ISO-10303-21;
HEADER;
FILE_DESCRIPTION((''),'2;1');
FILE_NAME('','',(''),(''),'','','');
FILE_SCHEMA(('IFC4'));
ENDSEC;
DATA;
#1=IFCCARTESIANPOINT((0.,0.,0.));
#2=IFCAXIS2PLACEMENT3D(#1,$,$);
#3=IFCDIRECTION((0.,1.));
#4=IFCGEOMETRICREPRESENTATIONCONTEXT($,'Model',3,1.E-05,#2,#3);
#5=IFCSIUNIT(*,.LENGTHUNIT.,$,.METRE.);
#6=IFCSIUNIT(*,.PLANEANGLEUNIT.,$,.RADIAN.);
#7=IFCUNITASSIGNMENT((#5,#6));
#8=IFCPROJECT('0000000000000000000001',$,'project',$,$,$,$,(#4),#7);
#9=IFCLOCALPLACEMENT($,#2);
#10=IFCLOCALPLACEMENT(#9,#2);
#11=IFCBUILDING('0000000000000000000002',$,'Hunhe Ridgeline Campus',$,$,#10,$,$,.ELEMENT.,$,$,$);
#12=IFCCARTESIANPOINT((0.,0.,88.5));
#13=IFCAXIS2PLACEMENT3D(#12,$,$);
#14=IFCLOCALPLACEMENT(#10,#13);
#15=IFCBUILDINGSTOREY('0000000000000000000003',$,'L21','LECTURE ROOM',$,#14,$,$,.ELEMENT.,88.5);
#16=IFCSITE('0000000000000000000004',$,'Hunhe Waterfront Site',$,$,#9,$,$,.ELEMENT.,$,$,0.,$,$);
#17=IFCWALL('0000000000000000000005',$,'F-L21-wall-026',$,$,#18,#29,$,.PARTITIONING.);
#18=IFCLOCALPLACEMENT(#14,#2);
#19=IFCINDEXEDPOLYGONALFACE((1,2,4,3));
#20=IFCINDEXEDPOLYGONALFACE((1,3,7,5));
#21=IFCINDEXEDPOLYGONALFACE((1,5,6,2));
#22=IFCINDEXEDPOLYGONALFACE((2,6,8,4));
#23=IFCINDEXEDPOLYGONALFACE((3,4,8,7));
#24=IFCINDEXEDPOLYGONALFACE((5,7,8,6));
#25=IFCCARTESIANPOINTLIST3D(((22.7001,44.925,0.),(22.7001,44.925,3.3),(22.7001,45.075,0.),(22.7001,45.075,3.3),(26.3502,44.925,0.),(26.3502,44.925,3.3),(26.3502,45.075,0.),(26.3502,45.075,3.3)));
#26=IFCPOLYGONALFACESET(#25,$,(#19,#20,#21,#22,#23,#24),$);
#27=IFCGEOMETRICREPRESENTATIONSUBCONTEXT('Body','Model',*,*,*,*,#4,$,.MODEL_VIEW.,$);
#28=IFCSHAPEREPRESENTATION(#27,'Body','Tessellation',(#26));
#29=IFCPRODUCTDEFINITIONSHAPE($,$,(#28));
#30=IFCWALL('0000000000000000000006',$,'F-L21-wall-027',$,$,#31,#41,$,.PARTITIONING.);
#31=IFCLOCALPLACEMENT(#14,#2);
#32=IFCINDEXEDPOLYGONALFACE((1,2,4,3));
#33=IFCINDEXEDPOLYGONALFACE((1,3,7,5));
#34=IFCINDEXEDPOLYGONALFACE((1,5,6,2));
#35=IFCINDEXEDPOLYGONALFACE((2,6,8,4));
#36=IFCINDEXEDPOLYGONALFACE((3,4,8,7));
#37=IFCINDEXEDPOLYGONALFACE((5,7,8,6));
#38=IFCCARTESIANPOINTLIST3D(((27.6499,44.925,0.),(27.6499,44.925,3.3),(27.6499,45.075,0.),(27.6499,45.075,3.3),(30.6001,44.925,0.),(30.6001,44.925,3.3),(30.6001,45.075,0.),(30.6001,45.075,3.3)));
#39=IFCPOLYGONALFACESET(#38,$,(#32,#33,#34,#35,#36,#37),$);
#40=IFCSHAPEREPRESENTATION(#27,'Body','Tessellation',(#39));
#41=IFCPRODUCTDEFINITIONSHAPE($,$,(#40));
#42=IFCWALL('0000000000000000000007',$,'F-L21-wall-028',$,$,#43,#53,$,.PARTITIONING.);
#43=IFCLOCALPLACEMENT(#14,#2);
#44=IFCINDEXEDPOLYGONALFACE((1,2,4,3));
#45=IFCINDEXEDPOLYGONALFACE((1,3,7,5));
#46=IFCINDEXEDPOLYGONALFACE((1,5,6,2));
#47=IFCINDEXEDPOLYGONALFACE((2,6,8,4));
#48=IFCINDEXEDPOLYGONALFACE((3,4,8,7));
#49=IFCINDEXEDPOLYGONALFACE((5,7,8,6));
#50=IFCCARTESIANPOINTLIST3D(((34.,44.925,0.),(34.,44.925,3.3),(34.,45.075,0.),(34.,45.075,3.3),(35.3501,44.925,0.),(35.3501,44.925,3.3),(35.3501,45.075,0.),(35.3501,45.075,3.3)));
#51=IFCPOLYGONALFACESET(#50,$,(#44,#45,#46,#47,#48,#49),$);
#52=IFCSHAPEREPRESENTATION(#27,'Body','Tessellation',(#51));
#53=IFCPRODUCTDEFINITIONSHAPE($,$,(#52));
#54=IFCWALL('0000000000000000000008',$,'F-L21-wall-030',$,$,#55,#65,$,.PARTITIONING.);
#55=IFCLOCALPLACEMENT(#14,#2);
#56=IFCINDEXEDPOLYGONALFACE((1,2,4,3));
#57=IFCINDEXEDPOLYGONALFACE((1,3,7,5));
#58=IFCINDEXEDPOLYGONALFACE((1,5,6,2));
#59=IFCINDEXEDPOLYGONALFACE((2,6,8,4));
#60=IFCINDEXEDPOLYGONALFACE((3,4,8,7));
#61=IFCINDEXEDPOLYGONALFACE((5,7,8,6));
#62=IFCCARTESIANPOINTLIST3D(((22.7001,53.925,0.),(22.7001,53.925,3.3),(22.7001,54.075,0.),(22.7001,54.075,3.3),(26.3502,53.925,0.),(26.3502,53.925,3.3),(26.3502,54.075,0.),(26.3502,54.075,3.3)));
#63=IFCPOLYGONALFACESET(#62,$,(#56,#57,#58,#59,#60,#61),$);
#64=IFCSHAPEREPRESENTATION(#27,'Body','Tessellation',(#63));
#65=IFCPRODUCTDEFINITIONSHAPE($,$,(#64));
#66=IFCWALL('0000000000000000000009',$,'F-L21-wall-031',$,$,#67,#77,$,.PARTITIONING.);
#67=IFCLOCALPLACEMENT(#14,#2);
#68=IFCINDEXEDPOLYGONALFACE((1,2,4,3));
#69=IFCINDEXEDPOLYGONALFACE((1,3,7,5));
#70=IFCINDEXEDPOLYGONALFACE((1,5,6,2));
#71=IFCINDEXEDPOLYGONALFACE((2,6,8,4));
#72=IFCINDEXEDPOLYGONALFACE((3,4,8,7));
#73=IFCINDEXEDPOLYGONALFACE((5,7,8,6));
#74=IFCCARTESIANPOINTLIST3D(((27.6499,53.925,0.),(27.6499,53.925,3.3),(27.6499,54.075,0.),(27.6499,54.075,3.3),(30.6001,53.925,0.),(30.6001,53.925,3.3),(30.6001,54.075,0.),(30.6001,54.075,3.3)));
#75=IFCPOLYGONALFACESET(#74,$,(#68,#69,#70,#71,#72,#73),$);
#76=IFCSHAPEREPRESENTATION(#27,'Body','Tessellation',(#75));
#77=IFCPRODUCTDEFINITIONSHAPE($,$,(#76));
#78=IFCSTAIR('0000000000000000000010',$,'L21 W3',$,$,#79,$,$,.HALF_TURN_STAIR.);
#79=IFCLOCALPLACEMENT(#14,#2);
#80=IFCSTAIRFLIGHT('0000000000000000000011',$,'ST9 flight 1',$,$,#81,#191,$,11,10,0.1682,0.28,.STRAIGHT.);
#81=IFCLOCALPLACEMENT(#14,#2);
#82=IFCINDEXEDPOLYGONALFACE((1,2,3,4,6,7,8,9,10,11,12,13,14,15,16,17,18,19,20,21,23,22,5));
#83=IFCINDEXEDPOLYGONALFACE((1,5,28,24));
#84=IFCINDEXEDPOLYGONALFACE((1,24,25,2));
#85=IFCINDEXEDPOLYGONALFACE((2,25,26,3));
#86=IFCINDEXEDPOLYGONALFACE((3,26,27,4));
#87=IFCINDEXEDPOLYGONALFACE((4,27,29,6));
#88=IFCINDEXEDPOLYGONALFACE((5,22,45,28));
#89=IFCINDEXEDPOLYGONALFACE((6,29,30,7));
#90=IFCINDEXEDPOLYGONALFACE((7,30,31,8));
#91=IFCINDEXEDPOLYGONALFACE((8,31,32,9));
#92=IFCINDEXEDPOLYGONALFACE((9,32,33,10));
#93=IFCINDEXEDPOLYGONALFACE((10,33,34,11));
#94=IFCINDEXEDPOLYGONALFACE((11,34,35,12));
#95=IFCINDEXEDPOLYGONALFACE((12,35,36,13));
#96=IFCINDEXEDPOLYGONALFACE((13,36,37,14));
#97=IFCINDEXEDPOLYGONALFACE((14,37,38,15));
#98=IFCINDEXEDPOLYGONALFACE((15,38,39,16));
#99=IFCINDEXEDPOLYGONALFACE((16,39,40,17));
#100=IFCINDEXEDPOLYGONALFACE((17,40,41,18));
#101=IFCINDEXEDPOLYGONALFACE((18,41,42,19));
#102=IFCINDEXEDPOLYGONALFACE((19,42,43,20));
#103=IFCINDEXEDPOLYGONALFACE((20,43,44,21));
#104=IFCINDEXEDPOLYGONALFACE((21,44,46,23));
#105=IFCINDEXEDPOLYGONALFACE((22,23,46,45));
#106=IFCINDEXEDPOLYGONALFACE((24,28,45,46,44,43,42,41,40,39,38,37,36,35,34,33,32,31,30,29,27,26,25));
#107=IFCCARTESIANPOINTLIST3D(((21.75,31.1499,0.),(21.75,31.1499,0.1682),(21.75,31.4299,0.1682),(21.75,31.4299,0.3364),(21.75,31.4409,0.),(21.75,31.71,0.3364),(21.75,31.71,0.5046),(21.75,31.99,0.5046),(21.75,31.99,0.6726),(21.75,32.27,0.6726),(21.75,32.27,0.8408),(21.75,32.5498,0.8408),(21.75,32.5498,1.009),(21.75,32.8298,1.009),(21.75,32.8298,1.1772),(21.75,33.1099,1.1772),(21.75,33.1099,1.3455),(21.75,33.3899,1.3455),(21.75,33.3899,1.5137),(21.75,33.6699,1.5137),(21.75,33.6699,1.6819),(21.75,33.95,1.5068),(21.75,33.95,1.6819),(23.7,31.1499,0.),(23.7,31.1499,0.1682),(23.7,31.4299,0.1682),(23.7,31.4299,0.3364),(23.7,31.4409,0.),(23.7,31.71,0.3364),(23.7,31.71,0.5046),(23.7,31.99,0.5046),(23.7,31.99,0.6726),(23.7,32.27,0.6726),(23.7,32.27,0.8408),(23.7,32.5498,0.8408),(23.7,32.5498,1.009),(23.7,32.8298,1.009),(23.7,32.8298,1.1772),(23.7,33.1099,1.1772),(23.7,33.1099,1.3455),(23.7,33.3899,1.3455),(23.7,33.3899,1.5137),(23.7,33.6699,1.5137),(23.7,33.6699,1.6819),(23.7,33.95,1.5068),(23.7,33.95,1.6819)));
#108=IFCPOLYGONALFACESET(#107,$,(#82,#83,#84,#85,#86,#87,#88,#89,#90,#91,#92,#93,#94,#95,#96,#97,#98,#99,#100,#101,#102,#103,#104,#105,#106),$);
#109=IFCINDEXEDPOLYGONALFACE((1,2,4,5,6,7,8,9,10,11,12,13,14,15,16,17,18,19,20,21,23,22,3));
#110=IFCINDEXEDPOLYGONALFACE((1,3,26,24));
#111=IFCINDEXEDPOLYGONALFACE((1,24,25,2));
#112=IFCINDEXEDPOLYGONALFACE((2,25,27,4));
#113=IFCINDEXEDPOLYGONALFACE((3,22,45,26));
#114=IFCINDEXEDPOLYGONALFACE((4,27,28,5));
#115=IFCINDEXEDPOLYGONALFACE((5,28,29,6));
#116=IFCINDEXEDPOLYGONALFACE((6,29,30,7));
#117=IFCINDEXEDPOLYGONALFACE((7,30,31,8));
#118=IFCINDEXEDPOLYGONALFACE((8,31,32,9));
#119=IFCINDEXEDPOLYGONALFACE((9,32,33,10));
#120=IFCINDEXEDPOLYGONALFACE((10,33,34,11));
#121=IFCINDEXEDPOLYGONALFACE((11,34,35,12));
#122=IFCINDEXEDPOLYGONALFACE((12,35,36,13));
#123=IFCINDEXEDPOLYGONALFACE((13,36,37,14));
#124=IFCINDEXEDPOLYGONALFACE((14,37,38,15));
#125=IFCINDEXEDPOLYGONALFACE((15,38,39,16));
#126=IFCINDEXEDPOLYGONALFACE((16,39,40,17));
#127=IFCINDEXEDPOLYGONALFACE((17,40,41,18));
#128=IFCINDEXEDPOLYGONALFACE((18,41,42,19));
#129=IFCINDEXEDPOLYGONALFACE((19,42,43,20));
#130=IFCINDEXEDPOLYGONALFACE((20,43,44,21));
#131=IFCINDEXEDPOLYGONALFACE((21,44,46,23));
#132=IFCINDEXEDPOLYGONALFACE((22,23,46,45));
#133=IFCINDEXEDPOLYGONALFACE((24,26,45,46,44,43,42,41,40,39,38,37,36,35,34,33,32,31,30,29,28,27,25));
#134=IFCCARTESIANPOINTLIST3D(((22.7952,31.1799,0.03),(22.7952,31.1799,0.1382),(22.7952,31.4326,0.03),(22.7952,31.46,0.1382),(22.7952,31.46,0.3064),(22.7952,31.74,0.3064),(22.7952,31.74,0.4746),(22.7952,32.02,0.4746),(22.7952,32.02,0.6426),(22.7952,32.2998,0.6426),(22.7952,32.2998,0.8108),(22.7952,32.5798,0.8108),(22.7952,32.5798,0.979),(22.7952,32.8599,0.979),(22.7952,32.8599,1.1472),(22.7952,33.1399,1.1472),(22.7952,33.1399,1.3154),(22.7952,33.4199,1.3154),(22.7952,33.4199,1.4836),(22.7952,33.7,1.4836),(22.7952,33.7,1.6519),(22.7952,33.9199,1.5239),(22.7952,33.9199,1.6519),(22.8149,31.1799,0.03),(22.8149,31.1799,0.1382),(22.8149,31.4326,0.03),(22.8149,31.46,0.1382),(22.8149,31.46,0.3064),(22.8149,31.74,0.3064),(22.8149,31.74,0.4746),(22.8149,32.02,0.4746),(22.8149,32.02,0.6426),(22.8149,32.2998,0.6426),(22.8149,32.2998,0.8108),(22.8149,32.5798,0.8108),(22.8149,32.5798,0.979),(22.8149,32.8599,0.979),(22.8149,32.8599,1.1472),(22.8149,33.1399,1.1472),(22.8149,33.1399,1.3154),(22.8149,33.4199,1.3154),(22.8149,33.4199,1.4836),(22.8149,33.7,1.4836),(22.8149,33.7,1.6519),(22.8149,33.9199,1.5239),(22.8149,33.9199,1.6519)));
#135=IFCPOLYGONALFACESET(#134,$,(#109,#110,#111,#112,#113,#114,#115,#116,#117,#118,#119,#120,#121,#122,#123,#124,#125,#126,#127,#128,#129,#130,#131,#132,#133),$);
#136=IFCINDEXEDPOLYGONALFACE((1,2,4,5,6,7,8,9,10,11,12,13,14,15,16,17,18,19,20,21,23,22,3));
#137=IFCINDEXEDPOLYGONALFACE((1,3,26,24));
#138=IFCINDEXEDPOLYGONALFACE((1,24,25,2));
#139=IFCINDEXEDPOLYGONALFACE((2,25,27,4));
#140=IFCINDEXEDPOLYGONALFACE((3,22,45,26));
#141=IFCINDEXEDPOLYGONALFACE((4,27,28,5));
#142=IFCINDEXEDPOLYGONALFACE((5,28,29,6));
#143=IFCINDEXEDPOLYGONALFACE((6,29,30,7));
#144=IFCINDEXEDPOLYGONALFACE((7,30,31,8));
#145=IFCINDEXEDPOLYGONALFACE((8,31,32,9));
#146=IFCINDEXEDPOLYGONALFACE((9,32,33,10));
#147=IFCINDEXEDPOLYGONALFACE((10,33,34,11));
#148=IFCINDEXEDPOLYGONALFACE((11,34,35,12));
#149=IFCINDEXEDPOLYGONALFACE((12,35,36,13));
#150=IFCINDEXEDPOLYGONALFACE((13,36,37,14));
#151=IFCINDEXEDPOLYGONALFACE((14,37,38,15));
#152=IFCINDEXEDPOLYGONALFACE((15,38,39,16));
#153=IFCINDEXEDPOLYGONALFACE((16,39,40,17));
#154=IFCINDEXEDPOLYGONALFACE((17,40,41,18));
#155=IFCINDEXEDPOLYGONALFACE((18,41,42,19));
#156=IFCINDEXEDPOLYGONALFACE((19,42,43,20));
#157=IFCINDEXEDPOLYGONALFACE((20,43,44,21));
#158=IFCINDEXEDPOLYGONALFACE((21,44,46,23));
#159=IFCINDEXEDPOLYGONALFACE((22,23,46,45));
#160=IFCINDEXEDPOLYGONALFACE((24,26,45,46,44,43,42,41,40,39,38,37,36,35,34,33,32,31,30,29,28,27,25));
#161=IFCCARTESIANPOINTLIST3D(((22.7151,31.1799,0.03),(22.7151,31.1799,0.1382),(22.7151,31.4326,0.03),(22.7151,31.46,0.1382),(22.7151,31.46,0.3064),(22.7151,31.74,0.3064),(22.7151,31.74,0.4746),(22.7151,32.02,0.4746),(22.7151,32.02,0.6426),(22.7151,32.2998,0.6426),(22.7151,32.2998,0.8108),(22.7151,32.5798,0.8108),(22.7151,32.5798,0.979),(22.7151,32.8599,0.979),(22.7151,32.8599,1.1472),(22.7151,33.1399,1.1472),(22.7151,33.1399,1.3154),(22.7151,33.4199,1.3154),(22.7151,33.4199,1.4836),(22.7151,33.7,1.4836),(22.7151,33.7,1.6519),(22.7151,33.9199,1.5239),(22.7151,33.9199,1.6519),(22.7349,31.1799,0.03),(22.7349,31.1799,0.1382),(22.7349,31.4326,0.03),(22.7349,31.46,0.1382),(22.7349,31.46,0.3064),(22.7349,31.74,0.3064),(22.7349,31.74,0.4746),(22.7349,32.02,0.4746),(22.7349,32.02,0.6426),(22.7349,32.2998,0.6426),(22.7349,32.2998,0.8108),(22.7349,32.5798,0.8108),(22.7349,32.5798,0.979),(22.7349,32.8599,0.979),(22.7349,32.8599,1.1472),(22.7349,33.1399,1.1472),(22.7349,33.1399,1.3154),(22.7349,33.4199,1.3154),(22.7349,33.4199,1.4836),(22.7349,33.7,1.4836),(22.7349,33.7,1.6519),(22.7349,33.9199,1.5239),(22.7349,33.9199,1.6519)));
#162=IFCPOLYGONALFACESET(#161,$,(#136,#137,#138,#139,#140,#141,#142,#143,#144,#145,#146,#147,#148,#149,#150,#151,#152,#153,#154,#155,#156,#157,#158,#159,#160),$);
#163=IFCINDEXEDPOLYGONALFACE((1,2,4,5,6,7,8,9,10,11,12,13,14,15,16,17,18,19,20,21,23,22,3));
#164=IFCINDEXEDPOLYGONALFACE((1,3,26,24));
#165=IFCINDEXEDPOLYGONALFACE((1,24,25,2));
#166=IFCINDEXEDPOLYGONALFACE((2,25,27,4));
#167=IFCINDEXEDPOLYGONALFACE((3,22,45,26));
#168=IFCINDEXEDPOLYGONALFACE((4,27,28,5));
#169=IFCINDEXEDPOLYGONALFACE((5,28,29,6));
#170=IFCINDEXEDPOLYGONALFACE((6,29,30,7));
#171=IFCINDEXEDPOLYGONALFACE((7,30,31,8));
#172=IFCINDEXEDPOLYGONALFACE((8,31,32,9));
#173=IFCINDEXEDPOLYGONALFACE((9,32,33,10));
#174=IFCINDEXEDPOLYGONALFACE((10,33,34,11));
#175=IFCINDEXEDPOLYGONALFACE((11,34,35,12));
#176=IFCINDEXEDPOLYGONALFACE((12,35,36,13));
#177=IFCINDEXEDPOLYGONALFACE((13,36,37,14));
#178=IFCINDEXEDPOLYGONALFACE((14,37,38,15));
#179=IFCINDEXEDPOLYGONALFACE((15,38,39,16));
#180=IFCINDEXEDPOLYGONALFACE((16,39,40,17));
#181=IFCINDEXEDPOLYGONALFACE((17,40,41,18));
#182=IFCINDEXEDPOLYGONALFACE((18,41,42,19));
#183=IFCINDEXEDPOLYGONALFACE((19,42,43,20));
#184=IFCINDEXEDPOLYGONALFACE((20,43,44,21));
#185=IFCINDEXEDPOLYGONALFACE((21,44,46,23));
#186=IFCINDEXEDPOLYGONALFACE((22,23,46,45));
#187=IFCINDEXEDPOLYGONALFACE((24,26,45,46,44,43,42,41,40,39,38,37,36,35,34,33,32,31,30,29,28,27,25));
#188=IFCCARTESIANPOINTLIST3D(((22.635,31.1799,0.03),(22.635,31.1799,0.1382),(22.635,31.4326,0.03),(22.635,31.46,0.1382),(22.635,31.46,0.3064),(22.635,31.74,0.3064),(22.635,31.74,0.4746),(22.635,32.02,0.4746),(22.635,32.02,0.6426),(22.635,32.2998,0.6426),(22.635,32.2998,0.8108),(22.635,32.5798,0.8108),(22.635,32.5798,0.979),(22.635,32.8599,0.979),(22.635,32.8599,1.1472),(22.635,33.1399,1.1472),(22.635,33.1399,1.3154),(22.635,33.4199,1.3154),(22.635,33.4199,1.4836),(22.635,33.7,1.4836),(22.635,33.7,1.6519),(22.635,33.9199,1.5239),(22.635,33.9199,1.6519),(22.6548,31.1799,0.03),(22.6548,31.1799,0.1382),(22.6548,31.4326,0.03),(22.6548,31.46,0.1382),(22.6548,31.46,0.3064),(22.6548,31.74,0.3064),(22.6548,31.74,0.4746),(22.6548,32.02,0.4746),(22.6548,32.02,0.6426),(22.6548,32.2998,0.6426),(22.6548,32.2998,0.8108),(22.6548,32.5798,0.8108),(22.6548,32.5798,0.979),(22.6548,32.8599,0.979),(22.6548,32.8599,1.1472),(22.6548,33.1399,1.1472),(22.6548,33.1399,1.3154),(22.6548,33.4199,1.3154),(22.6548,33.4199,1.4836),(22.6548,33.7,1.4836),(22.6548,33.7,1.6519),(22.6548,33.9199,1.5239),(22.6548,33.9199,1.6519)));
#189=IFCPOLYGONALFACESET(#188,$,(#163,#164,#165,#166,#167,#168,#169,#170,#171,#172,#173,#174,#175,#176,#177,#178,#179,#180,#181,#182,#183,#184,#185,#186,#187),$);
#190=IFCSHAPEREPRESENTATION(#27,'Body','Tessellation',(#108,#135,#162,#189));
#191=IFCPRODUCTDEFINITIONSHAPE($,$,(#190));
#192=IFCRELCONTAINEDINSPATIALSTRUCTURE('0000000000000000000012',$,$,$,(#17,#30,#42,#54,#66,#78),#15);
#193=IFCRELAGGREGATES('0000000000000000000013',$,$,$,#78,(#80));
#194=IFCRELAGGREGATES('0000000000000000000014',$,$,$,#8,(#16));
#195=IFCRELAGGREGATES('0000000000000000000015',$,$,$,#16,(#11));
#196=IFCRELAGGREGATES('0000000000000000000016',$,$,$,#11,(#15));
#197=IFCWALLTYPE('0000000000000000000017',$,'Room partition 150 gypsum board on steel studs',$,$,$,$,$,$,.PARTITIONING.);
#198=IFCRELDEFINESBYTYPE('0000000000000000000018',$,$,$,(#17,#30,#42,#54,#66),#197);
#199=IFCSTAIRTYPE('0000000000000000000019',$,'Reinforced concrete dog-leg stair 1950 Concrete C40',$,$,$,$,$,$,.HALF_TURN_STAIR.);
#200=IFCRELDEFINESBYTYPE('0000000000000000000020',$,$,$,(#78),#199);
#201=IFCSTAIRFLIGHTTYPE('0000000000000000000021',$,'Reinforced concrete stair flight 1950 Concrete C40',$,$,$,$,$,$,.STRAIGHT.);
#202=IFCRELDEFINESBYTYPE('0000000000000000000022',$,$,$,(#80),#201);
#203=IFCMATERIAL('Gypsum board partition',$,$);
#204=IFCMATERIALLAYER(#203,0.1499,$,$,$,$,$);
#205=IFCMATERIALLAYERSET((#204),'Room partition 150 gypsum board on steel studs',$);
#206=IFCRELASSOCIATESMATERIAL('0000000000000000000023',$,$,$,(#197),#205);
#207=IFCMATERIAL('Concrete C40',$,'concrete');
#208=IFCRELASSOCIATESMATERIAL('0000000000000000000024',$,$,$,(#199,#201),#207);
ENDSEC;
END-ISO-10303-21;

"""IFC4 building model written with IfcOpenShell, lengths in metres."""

from ifc_helpers import new_model, si_unit, direction, frame, frame_2d, origin, place, context, subcontext, project, spatial, polyline, rectangle, outline, extrude, material, layer, layer_set, type_object, element, aggregate, save


model = new_model("IFC4")

# Units and contexts
model_context = context("Model", 3, precision=1e-05, world=origin(), true_north=direction((0.0, 1.0)))
body_context = subcontext(model_context, "Body", "Model", "MODEL_VIEW")
ifc_project = project(units=[si_unit("LENGTHUNIT", "METRE"), si_unit("PLANEANGLEUNIT", "RADIAN")], contexts=[model_context])

# Site, building, storey
site_placement = place(None, origin())
site = spatial("IfcSite", under=ifc_project, at=site_placement, Name="Hunhe Waterfront Site", CompositionType="ELEMENT", RefElevation=0.0)
building_placement = place(site_placement, origin())
building = spatial("IfcBuilding", under=site, at=building_placement, Name="Hunhe Ridgeline Campus", CompositionType="ELEMENT")
storey_placement = place(building_placement, frame((0.0, 0.0, 88.5)))
storey = spatial("IfcBuildingStorey", under=building, at=storey_placement, Name="L21", Description="LECTURE ROOM", CompositionType="ELEMENT", Elevation=88.5)

# Shared definitions
ifc_material_1 = material(Name="Gypsum board partition")

# Walls
ifc_layer_1 = layer(ifc_material_1, 0.1499)
ifc_layer_set_1 = layer_set([ifc_layer_1], Name="Room partition 150 gypsum board on steel studs")
wall_type_1 = type_object("IfcWallType", Name="Room partition 150 gypsum board on steel studs", PredefinedType="PARTITIONING", material=ifc_layer_set_1)
wall_1_placement = place(storey_placement, frame((22.7, 45.0, 0.0), z_axis=(0.0, 0.0, 1.0), x_axis=(1.0, 0.0, 0.0)))
element("IfcWall", 1, at=wall_1_placement, inside=storey, type_object=wall_type_1, Name="F-L21-wall-026", PredefinedType="PARTITIONING", context=body_context, shape_type="SweptSolid", body=[
    extrude(rectangle(XDim=3.6501, YDim=0.1499, at=frame_2d((1.8252, 0.0))), origin(), (0.0, 0.0, 1.0), 3.3),
])
wall_2_placement = place(storey_placement, frame((27.6499, 45.0, 0.0), z_axis=(0.0, 0.0, 1.0), x_axis=(1.0, 0.0, 0.0)))
element("IfcWall", 2, at=wall_2_placement, inside=storey, type_object=wall_type_1, Name="F-L21-wall-027", PredefinedType="PARTITIONING", context=body_context, shape_type="SweptSolid", body=[
    extrude(rectangle(XDim=2.9502, YDim=0.1499, at=frame_2d((1.4751, 0.0))), origin(), (0.0, 0.0, 1.0), 3.3),
])
wall_3_placement = place(storey_placement, frame((34.0, 45.0, 0.0), z_axis=(0.0, 0.0, 1.0), x_axis=(1.0, 0.0, 0.0)))
element("IfcWall", 3, at=wall_3_placement, inside=storey, type_object=wall_type_1, Name="F-L21-wall-028", PredefinedType="PARTITIONING", context=body_context, shape_type="SweptSolid", body=[
    extrude(rectangle(XDim=1.3501, YDim=0.1499, at=frame_2d((0.675, 0.0))), origin(), (0.0, 0.0, 1.0), 3.3),
])
wall_4_placement = place(storey_placement, frame((22.7, 54.0, 0.0), z_axis=(0.0, 0.0, 1.0), x_axis=(1.0, 0.0, 0.0)))
element("IfcWall", 4, at=wall_4_placement, inside=storey, type_object=wall_type_1, Name="F-L21-wall-030", PredefinedType="PARTITIONING", context=body_context, shape_type="SweptSolid", body=[
    extrude(rectangle(XDim=3.6501, YDim=0.1499, at=frame_2d((1.8252, 0.0))), origin(), (0.0, 0.0, 1.0), 3.3),
])
wall_5_placement = place(storey_placement, frame((27.6499, 54.0, 0.0), z_axis=(0.0, 0.0, 1.0), x_axis=(1.0, 0.0, 0.0)))
element("IfcWall", 5, at=wall_5_placement, inside=storey, type_object=wall_type_1, Name="F-L21-wall-031", PredefinedType="PARTITIONING", context=body_context, shape_type="SweptSolid", body=[
    extrude(rectangle(XDim=2.9502, YDim=0.1499, at=frame_2d((1.4751, 0.0))), origin(), (0.0, 0.0, 1.0), 3.3),
])

# Stair, stair flight
ifc_material_2 = material(Name="Concrete C40", Category="concrete")
stair_type = type_object("IfcStairType", Name="Reinforced concrete dog-leg stair 1950 Concrete C40", PredefinedType="HALF_TURN_STAIR", material=ifc_material_2)
stair_placement = place(storey_placement, origin())
stair = element("IfcStair", 6, at=stair_placement, inside=storey, type_object=stair_type, Name="L21 W3", PredefinedType="HALF_TURN_STAIR")
stair_flight_type = type_object("IfcStairFlightType", Name="Reinforced concrete stair flight 1950 Concrete C40", PredefinedType="STRAIGHT", material=ifc_material_2)
stair_flight_placement = place(storey_placement, frame((22.7251, 31.1499, 0.0), z_axis=(0.0, 0.0, 1.0), x_axis=(0.0, 1.0, 0.0)))
stair_flight = element("IfcStairFlight", 7, at=stair_flight_placement, type_object=stair_flight_type, Name="ST9 flight 1", NumberOfRisers=11, NumberOfTreads=10, PredefinedType="STRAIGHT", RiserHeight=0.1682, TreadLength=0.28, context=body_context, shape_type="SweptSolid", body=[
    extrude(outline(polyline([(0.0, 0.0), (0.0, 0.1682), (0.28, 0.1682), (0.28, 0.3364), (0.5601, 0.3364), (0.5601, 0.5046), (0.8401, 0.5046), (0.8401, 0.6726), (1.1201, 0.6726), (1.1201, 0.8408), (1.3999, 0.8408), (1.3999, 1.009), (1.6799, 1.009), (1.6799, 1.1772), (1.96, 1.1772), (1.96, 1.3455), (2.24, 1.3455), (2.24, 1.5137), (2.52, 1.5137), (2.52, 1.6819), (2.8, 1.6819), (2.8, 1.8501), (2.8, 1.5068), (0.291, 0.0), (0.0, 0.0)])), frame((0.0, 0.9751, 0.0), z_axis=(0.0, -1.0, 0.0), x_axis=(1.0, 0.0, 0.0)), (0.0, 0.0, 1.0), 1.95),
    extrude(outline(polyline([(0.03, 0.03), (0.03, 0.1382), (0.3101, 0.1382), (0.3101, 0.3064), (0.5901, 0.3064), (0.5901, 0.4746), (0.8701, 0.4746), (0.8701, 0.6426), (1.1499, 0.6426), (1.1499, 0.8108), (1.4299, 0.8108), (1.4299, 0.979), (1.71, 0.979), (1.71, 1.1472), (1.99, 1.1472), (1.99, 1.3154), (2.27, 1.3154), (2.27, 1.4836), (2.55, 1.4836), (2.55, 1.6519), (2.77, 1.6519), (2.77, 1.5239), (0.2827, 0.03), (0.03, 0.03)])), frame((0.0, -0.0701, 0.0), z_axis=(0.0, -1.0, 0.0), x_axis=(1.0, 0.0, 0.0)), (0.0, 0.0, 1.0), 0.0198),
    extrude(outline(polyline([(0.03, 0.03), (0.03, 0.1382), (0.3101, 0.1382), (0.3101, 0.3064), (0.5901, 0.3064), (0.5901, 0.4746), (0.8701, 0.4746), (0.8701, 0.6426), (1.1499, 0.6426), (1.1499, 0.8108), (1.4299, 0.8108), (1.4299, 0.979), (1.71, 0.979), (1.71, 1.1472), (1.99, 1.1472), (1.99, 1.3154), (2.27, 1.3154), (2.27, 1.4836), (2.55, 1.4836), (2.55, 1.6519), (2.77, 1.6519), (2.77, 1.5239), (0.2827, 0.03), (0.03, 0.03)])), frame((0.0, 0.01, 0.0), z_axis=(0.0, -1.0, 0.0), x_axis=(1.0, 0.0, 0.0)), (0.0, 0.0, 1.0), 0.0198),
    extrude(outline(polyline([(0.03, 0.03), (0.03, 0.1382), (0.3101, 0.1382), (0.3101, 0.3064), (0.5901, 0.3064), (0.5901, 0.4746), (0.8701, 0.4746), (0.8701, 0.6426), (1.1499, 0.6426), (1.1499, 0.8108), (1.4299, 0.8108), (1.4299, 0.979), (1.71, 0.979), (1.71, 1.1472), (1.99, 1.1472), (1.99, 1.3154), (2.27, 1.3154), (2.27, 1.4836), (2.55, 1.4836), (2.55, 1.6519), (2.77, 1.6519), (2.77, 1.5239), (0.2827, 0.03), (0.03, 0.03)])), frame((0.0, 0.0901, 0.0), z_axis=(0.0, -1.0, 0.0), x_axis=(1.0, 0.0, 0.0)), (0.0, 0.0, 1.0), 0.0198),
])
aggregate(stair, [stair_flight])

save(model, "model.ifc")
